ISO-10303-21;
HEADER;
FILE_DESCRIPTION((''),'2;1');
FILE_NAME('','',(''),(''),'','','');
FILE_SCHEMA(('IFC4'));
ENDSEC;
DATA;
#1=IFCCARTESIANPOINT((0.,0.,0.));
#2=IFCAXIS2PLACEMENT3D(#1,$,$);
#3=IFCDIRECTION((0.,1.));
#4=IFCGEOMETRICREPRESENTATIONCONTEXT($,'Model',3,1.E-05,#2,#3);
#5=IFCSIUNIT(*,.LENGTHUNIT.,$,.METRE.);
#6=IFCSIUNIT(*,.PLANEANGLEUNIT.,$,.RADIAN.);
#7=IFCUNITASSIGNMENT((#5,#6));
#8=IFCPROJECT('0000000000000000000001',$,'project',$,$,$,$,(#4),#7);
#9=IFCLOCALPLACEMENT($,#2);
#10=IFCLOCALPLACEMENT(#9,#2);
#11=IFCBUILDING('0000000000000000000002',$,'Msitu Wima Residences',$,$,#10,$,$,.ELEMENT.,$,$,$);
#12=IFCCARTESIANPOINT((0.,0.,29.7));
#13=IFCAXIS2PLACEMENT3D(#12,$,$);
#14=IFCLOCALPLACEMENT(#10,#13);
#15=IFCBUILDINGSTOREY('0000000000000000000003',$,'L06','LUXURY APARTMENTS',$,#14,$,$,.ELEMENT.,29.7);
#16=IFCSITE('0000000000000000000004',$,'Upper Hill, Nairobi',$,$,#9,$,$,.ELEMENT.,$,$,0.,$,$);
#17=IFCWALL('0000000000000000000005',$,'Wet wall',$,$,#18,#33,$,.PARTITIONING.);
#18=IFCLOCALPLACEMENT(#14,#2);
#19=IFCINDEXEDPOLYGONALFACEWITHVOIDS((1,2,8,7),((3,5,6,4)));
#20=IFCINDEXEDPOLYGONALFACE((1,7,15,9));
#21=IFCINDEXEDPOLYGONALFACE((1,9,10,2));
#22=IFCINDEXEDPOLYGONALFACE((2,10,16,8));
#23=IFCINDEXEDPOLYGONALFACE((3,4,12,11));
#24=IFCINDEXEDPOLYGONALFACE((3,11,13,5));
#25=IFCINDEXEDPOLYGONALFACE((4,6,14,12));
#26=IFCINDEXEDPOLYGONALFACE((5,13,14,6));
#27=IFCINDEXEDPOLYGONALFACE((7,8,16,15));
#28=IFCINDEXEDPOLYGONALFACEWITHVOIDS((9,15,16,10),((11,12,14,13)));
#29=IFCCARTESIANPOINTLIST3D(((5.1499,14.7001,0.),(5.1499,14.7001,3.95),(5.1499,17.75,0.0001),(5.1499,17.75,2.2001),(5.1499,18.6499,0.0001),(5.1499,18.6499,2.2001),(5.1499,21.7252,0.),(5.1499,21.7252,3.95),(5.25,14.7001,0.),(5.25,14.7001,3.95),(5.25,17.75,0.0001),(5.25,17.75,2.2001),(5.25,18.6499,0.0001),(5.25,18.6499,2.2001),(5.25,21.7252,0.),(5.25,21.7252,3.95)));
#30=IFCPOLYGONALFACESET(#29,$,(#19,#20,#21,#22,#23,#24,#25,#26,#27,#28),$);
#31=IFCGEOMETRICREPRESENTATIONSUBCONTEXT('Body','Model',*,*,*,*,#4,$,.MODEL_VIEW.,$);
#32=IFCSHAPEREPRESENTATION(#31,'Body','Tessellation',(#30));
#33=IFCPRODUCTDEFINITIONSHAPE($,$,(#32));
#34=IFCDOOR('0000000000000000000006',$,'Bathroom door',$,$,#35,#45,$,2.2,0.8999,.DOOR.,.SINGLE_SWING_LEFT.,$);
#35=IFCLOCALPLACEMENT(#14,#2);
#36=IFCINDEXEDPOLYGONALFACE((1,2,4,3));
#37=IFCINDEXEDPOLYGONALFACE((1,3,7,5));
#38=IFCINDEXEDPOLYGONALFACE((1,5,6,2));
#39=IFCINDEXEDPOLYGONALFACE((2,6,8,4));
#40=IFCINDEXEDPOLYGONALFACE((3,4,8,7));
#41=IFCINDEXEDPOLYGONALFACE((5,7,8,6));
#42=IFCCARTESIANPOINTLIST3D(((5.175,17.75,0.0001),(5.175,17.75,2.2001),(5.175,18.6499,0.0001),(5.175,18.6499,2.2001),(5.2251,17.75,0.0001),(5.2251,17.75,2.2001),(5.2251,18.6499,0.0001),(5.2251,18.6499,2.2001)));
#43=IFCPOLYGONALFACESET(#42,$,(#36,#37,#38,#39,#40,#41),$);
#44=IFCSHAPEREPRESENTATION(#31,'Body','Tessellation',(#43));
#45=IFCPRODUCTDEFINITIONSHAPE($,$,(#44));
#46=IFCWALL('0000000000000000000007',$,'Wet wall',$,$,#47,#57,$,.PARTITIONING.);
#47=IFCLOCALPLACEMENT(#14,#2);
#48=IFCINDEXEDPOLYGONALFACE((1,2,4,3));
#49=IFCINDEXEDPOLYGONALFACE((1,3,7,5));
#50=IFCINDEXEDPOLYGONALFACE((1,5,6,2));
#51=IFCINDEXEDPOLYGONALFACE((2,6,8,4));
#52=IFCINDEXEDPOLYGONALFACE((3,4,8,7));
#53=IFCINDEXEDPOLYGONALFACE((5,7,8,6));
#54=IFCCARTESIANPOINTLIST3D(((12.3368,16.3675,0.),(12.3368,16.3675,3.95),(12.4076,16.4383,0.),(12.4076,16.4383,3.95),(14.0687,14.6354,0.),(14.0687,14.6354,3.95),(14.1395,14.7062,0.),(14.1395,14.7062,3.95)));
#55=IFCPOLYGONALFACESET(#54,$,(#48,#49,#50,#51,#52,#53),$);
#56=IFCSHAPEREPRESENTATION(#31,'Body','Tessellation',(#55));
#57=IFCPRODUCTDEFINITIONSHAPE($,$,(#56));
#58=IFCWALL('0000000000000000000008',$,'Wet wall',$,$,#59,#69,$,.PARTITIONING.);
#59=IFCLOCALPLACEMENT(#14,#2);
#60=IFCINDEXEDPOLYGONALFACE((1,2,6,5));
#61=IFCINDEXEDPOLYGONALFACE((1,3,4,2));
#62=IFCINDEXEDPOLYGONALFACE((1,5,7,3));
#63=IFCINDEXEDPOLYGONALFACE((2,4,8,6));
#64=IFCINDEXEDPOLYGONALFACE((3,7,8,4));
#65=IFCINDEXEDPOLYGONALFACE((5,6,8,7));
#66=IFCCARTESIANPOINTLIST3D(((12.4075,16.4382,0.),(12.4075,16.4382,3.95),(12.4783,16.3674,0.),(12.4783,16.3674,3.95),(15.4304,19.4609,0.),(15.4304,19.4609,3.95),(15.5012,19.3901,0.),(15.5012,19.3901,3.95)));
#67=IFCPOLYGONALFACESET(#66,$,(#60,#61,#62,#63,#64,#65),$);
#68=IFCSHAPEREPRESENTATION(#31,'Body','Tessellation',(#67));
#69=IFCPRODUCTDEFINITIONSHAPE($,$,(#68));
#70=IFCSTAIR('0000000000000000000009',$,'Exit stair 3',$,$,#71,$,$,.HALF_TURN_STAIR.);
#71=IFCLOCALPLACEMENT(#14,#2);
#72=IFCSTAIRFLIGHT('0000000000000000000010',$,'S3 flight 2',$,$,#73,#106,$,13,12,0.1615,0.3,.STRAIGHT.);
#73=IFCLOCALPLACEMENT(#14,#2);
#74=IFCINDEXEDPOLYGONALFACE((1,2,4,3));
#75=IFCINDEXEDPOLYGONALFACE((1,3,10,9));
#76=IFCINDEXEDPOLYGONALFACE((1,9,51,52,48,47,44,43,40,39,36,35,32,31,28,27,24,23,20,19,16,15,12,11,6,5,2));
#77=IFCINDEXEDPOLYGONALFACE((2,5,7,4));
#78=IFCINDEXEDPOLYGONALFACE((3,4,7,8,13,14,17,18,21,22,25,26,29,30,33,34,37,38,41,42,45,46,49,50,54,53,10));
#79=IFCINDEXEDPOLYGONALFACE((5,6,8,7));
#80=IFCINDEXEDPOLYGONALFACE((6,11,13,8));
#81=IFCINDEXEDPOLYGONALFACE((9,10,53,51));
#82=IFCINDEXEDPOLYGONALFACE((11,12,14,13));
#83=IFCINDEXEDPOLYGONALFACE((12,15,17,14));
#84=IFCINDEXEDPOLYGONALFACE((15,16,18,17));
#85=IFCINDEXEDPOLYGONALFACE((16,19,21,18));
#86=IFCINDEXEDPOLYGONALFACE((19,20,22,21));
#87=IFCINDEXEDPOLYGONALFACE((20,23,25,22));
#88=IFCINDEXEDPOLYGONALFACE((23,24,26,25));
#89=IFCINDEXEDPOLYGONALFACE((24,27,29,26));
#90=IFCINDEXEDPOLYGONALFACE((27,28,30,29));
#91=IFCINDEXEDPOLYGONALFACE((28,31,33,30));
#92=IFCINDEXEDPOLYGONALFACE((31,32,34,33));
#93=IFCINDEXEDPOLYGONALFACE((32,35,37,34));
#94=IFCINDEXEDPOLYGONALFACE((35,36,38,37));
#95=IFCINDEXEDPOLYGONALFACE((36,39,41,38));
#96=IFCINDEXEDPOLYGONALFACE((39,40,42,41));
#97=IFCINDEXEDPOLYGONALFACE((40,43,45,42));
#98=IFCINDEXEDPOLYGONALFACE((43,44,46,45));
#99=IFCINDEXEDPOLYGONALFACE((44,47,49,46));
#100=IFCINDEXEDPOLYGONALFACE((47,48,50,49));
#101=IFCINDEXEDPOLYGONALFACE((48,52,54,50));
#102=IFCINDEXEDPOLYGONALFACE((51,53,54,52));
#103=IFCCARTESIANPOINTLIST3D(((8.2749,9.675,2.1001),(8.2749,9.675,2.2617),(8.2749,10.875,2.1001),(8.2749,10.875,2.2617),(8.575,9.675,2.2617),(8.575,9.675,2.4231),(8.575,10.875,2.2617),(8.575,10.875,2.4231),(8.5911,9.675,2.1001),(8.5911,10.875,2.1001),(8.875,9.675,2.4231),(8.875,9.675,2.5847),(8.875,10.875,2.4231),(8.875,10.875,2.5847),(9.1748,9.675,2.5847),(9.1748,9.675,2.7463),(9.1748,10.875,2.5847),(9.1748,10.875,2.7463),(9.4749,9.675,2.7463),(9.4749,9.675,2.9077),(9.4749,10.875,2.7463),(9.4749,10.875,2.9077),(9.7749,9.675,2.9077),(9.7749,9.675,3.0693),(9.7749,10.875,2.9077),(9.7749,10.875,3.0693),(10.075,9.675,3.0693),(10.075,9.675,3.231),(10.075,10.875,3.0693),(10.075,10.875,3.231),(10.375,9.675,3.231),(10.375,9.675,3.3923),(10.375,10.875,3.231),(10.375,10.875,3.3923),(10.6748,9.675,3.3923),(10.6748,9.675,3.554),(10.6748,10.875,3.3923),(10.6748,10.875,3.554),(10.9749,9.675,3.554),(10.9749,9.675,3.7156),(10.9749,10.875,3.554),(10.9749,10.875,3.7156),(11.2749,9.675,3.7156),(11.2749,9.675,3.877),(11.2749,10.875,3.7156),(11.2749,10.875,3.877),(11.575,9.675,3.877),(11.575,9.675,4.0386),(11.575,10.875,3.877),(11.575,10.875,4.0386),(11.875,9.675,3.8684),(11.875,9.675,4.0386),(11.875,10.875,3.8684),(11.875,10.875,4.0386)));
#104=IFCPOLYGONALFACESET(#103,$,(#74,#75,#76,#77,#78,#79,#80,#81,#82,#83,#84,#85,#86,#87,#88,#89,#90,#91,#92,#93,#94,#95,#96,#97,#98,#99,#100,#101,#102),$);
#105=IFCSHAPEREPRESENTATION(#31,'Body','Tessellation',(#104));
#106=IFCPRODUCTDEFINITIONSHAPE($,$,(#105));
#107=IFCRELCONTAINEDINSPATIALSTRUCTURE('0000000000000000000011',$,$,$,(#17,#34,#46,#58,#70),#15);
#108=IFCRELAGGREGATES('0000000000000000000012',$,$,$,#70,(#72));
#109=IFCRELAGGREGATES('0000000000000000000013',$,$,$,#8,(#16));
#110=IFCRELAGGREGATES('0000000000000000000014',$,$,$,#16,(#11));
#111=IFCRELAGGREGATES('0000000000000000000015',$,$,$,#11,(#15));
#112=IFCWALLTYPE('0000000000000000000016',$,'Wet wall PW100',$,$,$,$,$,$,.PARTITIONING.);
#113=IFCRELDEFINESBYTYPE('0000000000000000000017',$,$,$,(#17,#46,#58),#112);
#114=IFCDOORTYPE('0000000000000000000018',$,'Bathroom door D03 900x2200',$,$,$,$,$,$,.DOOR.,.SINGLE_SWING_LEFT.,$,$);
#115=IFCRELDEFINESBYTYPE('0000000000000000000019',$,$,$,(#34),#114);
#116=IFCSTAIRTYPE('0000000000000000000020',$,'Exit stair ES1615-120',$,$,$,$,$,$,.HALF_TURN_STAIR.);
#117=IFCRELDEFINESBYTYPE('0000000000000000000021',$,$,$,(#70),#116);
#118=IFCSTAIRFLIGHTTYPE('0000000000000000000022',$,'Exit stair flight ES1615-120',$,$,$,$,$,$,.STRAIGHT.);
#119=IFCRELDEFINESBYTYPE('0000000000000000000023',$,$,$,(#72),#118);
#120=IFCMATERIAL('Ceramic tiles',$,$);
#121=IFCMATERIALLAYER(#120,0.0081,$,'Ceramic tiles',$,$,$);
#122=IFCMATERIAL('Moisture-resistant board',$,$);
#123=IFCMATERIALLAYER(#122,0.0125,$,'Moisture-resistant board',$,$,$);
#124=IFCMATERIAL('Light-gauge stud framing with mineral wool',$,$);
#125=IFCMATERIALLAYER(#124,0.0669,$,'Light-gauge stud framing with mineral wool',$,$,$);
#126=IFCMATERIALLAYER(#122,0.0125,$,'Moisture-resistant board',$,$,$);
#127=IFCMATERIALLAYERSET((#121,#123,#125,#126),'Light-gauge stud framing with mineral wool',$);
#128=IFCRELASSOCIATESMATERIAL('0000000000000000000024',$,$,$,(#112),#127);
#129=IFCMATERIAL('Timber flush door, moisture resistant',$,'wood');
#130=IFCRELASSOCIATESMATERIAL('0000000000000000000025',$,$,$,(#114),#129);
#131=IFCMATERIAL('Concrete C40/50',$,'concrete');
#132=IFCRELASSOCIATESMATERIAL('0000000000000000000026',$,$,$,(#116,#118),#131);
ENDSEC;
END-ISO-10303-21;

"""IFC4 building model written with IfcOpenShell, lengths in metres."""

from ifc_helpers import new_model, si_unit, direction, frame, frame_2d, origin, place, context, subcontext, project, spatial, polyline, rectangle, outline, extrude, material, layer, layer_set, type_object, element, fill, aggregate, save


model = new_model("IFC4")

# Units and contexts
model_context = context("Model", 3, precision=1e-05, world=origin(), true_north=direction((0.0, 1.0)))
body_context = subcontext(model_context, "Body", "Model", "MODEL_VIEW")
ifc_project = project(units=[si_unit("LENGTHUNIT", "METRE"), si_unit("PLANEANGLEUNIT", "RADIAN")], contexts=[model_context])

# Site, building, storey
site_placement = place(None, origin())
site = spatial("IfcSite", under=ifc_project, at=site_placement, Name="Upper Hill, Nairobi", CompositionType="ELEMENT", RefElevation=0.0)
building_placement = place(site_placement, origin())
building = spatial("IfcBuilding", under=site, at=building_placement, Name="Msitu Wima Residences", CompositionType="ELEMENT")
storey_placement = place(building_placement, frame((0.0, 0.0, 29.7)))
storey = spatial("IfcBuildingStorey", under=building, at=storey_placement, Name="L06", Description="LUXURY APARTMENTS", CompositionType="ELEMENT", Elevation=29.7)

# Shared definitions
ifc_material_1 = material(Name="Ceramic tiles")
ifc_layer_1 = layer(ifc_material_1, 0.0081, Name="Ceramic tiles")
ifc_material_2 = material(Name="Moisture-resistant board")
ifc_layer_2 = layer(ifc_material_2, 0.0125, Name="Moisture-resistant board")
ifc_material_3 = material(Name="Light-gauge stud framing with mineral wool")
ifc_layer_3 = layer(ifc_material_3, 0.0669, Name="Light-gauge stud framing with mineral wool")
ifc_layer_4 = layer(ifc_material_2, 0.0125, Name="Moisture-resistant board")
ifc_layer_set_1 = layer_set([ifc_layer_1, ifc_layer_2, ifc_layer_3, ifc_layer_4], Name="Light-gauge stud framing with mineral wool")
wall_type_1 = type_object("IfcWallType", Name="Wet wall PW100", PredefinedType="PARTITIONING", material=ifc_layer_set_1)
ifc_material_4 = material(Name="Timber flush door, moisture resistant", Category="wood")
door_type_1 = type_object("IfcDoorType", Name="Bathroom door D03 900x2200", OperationType="SINGLE_SWING_LEFT", PredefinedType="DOOR", material=ifc_material_4)

# Wall, opening, door
wall_1_placement = place(storey_placement, frame((5.2, 14.7, 0.0), z_axis=(0.0, 0.0, 1.0), x_axis=(0.0, 1.0, 0.0)))
wall_1 = element("IfcWall", 1, at=wall_1_placement, inside=storey, type_object=wall_type_1, Name="Wet wall", PredefinedType="PARTITIONING", context=body_context, shape_type="SweptSolid", body=[
    extrude(rectangle(XDim=7.0251, YDim=0.1001, at=frame_2d((3.5127, 0.0))), origin(), (0.0, 0.0, 1.0), 3.95),
])
opening_1_placement = place(wall_1_placement, frame((3.05, 0.0, 0.0)))
opening_1 = element("IfcOpeningElement", 2, at=opening_1_placement, cuts=wall_1, PredefinedType="OPENING", context=body_context, shape_type="SweptSolid", body=[
    extrude(rectangle(XDim=0.8999, YDim=2.2, at=frame_2d((0.45, 1.1001))), frame((0.0, 0.0601, 0.0), z_axis=(0.0, -1.0, 0.0), x_axis=(1.0, 0.0, 0.0)), (0.0, 0.0, 1.0), 0.1201),
])
door_1_placement = place(opening_1_placement, origin())
door_1 = element("IfcDoor", 3, at=door_1_placement, inside=storey, type_object=door_type_1, Name="Bathroom door", OperationType="SINGLE_SWING_LEFT", OverallHeight=2.2, OverallWidth=0.8999, PredefinedType="DOOR", context=body_context, shape_type="SweptSolid", body=[
    extrude(rectangle(XDim=0.8999, YDim=2.2, at=frame_2d((0.45, 1.1001))), frame((0.0, 0.0249, 0.0), z_axis=(0.0, -1.0, 0.0), x_axis=(1.0, 0.0, 0.0)), (0.0, 0.0, 1.0), 0.05),
])
fill(opening_1, door_1)

# Walls
wall_2_placement = place(storey_placement, frame((12.3723, 16.4028, 0.0), z_axis=(0.0, 0.0, 1.0), x_axis=(0.707057, -0.707157, 0.0)))
element("IfcWall", 4, at=wall_2_placement, inside=storey, type_object=wall_type_1, Name="Wet wall", PredefinedType="PARTITIONING", context=body_context, shape_type="SweptSolid", body=[
    extrude(rectangle(XDim=2.4495, YDim=0.1001, at=frame_2d((1.2246, 0.0))), origin(), (0.0, 0.0, 1.0), 3.95),
])
wall_3_placement = place(storey_placement, frame((12.4429, 16.4028, 0.0), z_axis=(0.0, 0.0, 1.0), x_axis=(0.707135, 0.707078, 0.0)))
element("IfcWall", 5, at=wall_3_placement, inside=storey, type_object=wall_type_1, Name="Wet wall", PredefinedType="PARTITIONING", context=body_context, shape_type="SweptSolid", body=[
    extrude(rectangle(XDim=4.2749, YDim=0.1001, at=frame_2d((2.1375, 0.0))), origin(), (0.0, 0.0, 1.0), 3.95),
])

# Stair, stair flight
ifc_material_5 = material(Name="Concrete C40/50", Category="concrete")
stair_type = type_object("IfcStairType", Name="Exit stair ES1615-120", PredefinedType="HALF_TURN_STAIR", material=ifc_material_5)
stair_placement = place(storey_placement, origin())
stair = element("IfcStair", 6, at=stair_placement, inside=storey, type_object=stair_type, Name="Exit stair 3", PredefinedType="HALF_TURN_STAIR")
stair_flight_type = type_object("IfcStairFlightType", Name="Exit stair flight ES1615-120", PredefinedType="STRAIGHT", material=ifc_material_5)
stair_flight_placement = place(storey_placement, frame((8.2749, 10.2749, 2.1001), z_axis=(0.0, 0.0, 1.0), x_axis=(1.0, 0.0, 0.0)))
stair_flight = element("IfcStairFlight", 7, at=stair_flight_placement, type_object=stair_flight_type, Name="S3 flight 2", NumberOfRisers=13, NumberOfTreads=12, PredefinedType="STRAIGHT", RiserHeight=0.1615, TreadLength=0.3, context=body_context, shape_type="SweptSolid", body=[
    extrude(outline(polyline([(0.0, 0.0), (0.0, 0.1616), (0.3, 0.1616), (0.3, 0.323), (0.6001, 0.323), (0.6001, 0.4846), (0.8999, 0.4846), (0.8999, 0.6462), (1.2, 0.6462), (1.2, 0.8076), (1.5, 0.8076), (1.5, 0.9692), (1.8, 0.9692), (1.8, 1.1309), (2.1001, 1.1309), (2.1001, 1.2922), (2.3999, 1.2922), (2.3999, 1.4539), (2.7, 1.4539), (2.7, 1.6155), (3.0, 1.6155), (3.0, 1.7769), (3.3, 1.7769), (3.3, 1.9385), (3.6001, 1.9385), (3.6001, 2.1001), (3.6001, 1.7683), (0.3162, 0.0), (0.0, 0.0)])), frame((0.0, 0.6001, 0.0), z_axis=(0.0, -1.0, 0.0), x_axis=(1.0, 0.0, 0.0)), (0.0, 0.0, 1.0), 1.2),
])
aggregate(stair, [stair_flight])

save(model, "model.ifc")
